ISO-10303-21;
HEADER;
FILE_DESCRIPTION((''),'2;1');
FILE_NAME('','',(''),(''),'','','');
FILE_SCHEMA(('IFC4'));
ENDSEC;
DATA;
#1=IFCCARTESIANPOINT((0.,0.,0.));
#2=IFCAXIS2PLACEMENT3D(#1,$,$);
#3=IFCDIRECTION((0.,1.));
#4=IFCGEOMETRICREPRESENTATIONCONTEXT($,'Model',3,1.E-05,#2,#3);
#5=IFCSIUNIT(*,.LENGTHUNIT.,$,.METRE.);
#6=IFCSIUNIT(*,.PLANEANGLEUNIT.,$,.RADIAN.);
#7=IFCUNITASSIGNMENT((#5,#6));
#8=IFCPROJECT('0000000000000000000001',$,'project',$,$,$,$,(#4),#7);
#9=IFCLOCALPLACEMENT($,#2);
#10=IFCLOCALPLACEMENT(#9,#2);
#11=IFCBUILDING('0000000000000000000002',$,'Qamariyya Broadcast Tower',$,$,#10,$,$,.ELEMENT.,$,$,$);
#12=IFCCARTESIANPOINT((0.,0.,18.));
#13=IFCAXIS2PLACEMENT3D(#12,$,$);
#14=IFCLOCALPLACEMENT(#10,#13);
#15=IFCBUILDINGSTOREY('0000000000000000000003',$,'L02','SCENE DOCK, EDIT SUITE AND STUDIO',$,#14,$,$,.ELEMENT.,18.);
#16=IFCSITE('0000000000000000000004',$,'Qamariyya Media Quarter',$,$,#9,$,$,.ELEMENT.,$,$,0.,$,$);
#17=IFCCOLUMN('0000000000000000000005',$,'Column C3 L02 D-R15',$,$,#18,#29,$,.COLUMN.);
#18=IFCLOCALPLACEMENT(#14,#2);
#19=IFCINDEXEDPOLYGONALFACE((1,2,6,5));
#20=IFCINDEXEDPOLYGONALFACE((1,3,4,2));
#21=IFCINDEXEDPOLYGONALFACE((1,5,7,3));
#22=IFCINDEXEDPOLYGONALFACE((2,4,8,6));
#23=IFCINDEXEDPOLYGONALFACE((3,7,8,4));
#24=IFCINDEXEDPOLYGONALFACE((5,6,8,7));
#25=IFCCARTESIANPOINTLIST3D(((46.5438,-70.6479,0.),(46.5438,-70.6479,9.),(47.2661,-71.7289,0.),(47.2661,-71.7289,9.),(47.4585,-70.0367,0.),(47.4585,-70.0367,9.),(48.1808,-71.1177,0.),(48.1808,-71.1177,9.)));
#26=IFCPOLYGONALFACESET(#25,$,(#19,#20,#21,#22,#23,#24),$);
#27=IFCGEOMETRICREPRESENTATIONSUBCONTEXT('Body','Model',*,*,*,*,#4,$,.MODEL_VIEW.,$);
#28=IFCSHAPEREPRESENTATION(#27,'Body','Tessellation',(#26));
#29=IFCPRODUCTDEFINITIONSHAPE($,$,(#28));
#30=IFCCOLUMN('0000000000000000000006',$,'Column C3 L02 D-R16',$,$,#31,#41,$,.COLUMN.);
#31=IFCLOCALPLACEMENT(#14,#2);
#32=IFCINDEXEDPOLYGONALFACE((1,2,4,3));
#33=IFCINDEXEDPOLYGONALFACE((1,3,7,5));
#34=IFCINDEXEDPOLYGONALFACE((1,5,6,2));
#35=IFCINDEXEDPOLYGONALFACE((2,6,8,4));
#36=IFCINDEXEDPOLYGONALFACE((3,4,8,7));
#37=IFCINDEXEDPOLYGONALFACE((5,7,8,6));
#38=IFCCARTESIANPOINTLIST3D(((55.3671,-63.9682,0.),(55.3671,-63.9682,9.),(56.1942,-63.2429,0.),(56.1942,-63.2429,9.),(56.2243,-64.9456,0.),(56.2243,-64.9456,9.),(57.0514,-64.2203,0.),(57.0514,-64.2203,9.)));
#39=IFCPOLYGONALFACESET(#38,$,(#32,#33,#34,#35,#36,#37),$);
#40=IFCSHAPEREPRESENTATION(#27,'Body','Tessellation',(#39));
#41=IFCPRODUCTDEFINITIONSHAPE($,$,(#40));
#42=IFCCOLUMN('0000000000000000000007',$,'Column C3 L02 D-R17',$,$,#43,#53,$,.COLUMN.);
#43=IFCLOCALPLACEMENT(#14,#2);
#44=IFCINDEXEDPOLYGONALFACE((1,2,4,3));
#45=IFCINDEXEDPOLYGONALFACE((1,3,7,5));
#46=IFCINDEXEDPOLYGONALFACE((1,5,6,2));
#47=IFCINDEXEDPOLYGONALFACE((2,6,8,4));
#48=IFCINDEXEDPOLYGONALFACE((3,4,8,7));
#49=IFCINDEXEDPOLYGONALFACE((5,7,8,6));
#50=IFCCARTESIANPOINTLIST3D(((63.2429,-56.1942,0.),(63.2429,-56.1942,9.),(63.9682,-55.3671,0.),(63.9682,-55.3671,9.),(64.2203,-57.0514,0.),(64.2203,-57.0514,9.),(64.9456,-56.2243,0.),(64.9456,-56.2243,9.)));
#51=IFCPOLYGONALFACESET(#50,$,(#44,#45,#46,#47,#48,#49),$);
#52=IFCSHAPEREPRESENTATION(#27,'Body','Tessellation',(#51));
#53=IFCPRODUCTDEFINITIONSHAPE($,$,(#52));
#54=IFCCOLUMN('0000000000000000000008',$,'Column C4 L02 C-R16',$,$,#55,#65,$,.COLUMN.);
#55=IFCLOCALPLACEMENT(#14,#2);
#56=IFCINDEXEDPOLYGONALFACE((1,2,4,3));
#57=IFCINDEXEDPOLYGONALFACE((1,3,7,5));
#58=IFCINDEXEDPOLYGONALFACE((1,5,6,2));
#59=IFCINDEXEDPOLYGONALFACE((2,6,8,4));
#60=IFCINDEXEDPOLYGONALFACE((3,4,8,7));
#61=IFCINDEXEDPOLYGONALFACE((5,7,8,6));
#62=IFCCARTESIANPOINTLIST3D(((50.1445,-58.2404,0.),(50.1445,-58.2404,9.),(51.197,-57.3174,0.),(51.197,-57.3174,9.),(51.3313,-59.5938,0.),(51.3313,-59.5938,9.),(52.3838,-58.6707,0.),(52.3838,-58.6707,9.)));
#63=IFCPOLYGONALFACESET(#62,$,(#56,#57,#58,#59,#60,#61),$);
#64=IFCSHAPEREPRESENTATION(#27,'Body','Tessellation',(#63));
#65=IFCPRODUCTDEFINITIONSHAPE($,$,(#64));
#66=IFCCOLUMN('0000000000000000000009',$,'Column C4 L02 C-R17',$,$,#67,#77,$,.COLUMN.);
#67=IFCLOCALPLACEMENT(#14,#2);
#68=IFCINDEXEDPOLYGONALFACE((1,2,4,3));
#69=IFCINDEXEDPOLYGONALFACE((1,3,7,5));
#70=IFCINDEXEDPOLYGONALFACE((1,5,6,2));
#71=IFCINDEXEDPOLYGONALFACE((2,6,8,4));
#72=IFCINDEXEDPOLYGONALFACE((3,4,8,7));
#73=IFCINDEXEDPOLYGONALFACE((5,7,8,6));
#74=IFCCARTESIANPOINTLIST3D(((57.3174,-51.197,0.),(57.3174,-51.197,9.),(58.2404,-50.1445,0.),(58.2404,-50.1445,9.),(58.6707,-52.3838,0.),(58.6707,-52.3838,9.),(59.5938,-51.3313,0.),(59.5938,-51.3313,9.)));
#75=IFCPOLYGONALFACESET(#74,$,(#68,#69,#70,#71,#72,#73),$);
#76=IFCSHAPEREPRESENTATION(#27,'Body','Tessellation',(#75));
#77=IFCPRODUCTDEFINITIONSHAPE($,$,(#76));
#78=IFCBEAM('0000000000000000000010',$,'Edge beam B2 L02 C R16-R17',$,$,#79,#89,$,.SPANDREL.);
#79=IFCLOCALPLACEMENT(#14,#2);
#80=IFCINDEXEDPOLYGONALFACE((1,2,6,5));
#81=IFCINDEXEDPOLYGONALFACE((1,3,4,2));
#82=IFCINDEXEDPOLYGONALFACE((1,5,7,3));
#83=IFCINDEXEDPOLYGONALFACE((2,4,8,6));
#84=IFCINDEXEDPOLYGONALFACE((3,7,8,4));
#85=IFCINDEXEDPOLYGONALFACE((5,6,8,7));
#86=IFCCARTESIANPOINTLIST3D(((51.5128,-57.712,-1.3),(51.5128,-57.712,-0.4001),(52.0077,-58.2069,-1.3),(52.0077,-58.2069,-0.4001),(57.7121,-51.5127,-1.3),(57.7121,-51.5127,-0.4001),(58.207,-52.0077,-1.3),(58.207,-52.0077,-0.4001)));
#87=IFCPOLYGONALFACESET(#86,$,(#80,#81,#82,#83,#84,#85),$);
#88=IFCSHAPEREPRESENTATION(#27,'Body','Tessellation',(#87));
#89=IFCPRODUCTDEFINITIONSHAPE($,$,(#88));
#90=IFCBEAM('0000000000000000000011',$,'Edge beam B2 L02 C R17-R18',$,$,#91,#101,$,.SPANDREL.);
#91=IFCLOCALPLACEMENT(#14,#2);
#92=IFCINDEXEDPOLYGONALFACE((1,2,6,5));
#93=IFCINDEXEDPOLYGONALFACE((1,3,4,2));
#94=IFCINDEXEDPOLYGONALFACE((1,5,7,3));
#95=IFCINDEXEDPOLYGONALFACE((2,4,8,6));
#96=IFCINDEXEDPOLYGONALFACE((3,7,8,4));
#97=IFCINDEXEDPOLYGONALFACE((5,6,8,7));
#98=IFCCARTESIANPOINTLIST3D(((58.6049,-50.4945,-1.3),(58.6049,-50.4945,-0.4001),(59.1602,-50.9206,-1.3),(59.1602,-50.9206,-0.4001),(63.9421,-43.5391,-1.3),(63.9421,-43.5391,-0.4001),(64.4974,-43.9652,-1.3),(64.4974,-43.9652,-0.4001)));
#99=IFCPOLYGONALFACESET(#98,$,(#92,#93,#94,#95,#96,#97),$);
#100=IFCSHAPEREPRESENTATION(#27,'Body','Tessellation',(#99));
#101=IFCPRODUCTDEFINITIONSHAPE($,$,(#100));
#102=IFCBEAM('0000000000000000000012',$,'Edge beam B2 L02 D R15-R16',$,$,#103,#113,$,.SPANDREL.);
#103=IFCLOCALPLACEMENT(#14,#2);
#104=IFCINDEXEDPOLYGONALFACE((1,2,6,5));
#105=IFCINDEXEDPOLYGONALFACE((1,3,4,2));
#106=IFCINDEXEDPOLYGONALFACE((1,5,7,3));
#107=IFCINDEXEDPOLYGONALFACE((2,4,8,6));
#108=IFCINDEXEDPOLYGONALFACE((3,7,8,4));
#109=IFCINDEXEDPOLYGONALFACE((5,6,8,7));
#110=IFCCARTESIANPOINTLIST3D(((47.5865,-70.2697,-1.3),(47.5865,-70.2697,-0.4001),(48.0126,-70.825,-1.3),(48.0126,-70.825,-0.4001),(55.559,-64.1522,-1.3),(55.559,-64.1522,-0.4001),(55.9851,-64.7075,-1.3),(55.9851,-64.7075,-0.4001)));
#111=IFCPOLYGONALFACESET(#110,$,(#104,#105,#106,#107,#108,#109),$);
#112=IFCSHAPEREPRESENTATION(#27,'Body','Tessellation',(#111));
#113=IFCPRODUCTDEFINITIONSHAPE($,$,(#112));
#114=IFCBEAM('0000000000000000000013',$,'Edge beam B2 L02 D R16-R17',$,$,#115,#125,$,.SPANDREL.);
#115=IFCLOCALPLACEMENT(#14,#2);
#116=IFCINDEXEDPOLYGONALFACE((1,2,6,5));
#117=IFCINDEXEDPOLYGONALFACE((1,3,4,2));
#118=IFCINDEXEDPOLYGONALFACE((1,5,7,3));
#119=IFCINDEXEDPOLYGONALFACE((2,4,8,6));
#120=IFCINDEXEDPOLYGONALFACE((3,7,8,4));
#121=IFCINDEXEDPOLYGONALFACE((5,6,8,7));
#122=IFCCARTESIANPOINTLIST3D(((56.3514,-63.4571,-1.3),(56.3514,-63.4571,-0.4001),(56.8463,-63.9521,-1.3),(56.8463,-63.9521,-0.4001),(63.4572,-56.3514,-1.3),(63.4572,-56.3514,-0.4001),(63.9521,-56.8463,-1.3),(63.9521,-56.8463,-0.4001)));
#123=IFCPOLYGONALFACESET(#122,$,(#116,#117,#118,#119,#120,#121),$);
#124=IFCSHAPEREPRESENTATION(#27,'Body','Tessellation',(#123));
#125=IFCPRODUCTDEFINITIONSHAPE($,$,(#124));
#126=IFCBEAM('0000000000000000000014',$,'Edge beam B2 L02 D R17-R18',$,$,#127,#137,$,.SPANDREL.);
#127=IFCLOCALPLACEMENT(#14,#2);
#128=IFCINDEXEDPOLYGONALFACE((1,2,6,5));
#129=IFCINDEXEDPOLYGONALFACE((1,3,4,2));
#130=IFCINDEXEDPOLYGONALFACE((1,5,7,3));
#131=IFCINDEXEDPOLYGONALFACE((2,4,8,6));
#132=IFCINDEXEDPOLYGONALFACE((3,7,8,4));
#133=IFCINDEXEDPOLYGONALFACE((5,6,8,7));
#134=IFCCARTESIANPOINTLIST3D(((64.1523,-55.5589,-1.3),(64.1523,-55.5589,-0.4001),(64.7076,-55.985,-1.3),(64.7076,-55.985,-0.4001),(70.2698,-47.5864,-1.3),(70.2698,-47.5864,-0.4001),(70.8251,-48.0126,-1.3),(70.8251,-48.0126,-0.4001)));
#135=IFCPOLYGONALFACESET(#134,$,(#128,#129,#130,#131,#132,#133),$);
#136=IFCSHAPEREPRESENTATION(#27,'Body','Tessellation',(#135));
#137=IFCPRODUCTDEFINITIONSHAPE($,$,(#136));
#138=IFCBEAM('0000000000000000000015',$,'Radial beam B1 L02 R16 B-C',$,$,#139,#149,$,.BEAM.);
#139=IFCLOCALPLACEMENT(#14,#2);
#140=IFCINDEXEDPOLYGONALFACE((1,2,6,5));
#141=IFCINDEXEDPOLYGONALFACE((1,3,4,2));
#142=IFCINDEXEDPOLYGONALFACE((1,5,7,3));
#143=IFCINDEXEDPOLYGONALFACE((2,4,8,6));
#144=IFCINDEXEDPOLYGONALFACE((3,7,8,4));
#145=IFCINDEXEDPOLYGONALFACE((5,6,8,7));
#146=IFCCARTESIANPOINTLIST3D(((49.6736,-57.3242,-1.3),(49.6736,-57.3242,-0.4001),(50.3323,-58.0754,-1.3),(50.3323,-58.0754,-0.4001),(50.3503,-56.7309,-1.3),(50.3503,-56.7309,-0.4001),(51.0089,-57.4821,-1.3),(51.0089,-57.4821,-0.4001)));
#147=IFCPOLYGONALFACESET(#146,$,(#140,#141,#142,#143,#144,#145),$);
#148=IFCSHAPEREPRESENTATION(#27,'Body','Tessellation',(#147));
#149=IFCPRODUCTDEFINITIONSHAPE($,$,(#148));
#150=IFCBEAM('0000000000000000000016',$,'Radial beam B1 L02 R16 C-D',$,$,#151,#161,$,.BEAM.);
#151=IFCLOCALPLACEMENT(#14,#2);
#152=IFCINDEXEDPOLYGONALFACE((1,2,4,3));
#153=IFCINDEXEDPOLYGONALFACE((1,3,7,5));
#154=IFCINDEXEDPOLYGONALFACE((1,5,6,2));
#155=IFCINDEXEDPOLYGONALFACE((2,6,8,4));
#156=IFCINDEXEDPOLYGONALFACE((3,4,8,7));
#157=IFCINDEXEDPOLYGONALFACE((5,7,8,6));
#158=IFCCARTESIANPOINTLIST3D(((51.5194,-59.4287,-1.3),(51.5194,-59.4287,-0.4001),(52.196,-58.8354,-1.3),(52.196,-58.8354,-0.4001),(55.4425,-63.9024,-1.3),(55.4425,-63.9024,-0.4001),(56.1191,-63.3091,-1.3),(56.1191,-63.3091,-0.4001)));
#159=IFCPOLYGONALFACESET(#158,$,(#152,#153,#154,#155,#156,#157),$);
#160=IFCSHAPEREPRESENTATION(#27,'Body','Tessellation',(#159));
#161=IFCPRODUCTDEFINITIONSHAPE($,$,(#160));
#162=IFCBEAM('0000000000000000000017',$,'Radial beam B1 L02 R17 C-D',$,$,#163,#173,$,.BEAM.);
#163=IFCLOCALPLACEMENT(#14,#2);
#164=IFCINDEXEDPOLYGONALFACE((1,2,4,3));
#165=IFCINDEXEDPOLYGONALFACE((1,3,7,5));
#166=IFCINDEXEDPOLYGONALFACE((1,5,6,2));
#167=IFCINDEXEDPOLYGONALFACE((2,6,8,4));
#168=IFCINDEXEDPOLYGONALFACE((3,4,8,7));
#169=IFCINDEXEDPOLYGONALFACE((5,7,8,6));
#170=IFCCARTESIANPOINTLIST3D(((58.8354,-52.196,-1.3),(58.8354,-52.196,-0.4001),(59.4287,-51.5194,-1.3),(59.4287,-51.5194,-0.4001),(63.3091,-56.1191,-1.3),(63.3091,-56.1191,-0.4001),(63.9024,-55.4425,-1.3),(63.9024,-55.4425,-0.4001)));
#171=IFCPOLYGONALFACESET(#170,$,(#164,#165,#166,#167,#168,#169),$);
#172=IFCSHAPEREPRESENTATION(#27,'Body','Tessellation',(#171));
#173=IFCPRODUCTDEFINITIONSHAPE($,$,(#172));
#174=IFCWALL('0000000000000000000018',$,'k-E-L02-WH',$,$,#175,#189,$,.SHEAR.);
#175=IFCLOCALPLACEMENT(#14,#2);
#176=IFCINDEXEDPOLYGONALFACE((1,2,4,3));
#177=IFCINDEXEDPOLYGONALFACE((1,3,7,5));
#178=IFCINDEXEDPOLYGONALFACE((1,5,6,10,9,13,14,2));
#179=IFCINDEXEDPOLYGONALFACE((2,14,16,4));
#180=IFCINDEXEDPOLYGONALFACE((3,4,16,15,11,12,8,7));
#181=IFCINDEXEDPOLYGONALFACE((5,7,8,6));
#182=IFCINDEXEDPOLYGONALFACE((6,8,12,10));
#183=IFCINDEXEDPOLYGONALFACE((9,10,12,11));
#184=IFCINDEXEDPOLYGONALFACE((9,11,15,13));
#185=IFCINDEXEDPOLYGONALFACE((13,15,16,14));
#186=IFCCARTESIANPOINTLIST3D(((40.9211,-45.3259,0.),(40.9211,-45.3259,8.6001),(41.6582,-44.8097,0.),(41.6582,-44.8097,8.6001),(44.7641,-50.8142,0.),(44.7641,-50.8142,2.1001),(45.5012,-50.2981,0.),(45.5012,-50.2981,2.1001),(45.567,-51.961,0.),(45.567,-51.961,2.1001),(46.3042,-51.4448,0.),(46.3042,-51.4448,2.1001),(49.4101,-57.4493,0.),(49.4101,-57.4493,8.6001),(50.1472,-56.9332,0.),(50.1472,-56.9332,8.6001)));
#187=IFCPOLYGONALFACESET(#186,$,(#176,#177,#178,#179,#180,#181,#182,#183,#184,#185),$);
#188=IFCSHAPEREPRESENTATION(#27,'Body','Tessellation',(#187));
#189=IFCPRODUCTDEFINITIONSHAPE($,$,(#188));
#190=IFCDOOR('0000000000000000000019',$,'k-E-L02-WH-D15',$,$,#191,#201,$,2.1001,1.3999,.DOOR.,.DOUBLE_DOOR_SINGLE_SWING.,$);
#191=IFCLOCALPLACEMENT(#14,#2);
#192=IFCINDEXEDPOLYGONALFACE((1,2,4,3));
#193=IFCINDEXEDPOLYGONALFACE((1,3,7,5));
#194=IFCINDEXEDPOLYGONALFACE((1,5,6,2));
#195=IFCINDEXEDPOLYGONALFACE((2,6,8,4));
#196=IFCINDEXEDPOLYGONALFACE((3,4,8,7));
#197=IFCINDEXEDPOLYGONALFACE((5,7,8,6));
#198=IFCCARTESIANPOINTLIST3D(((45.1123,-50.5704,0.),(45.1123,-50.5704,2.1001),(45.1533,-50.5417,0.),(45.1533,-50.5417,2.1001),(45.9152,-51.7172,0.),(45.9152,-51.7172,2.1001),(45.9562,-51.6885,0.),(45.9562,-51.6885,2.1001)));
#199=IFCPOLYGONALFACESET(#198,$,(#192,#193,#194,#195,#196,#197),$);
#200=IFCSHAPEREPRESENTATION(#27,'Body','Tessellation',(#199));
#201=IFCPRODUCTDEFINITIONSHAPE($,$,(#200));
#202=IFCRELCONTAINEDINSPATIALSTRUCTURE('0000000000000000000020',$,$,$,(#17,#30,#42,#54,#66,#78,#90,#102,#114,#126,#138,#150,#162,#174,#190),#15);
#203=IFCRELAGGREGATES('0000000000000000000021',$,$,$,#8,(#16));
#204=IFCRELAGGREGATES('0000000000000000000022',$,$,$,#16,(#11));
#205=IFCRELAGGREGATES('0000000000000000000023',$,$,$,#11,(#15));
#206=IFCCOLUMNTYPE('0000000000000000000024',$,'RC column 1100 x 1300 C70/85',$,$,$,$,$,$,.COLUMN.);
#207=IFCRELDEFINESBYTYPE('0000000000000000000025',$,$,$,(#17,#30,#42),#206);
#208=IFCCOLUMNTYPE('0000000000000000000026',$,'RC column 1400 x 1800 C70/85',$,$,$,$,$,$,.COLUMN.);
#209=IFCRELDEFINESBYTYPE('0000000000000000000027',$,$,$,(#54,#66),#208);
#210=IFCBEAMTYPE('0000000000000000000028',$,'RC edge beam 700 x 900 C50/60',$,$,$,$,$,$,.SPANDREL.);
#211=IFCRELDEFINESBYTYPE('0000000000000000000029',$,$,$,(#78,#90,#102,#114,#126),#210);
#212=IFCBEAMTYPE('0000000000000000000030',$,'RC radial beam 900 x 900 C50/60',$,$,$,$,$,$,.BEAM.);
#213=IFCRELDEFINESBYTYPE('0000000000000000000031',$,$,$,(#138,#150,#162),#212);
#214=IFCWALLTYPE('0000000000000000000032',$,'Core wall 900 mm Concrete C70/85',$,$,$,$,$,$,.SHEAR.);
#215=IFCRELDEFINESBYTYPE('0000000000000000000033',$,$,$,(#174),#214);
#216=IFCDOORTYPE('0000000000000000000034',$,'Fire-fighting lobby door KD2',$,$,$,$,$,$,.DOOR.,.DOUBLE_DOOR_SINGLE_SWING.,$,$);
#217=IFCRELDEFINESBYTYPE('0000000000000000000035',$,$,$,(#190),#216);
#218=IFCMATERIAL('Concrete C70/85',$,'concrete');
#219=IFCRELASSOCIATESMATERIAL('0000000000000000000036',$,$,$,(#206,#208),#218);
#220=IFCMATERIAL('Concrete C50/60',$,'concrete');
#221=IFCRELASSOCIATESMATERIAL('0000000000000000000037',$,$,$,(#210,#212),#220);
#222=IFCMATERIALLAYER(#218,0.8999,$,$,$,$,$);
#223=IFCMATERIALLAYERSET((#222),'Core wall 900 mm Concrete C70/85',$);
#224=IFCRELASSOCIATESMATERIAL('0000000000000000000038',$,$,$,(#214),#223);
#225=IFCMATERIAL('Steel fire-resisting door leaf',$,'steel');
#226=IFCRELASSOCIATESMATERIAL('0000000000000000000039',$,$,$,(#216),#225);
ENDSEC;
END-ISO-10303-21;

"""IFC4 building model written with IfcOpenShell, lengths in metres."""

from ifc_helpers import new_model, si_unit, direction, frame, frame_2d, origin, origin_2d, place, context, subcontext, project, spatial, rectangle, extrude, material, layer, layer_set, material_profile, profile_set, type_object, element, fill, save


model = new_model("IFC4")

# Units and contexts
model_context = context("Model", 3, precision=1e-05, world=origin(), true_north=direction((0.0, 1.0)))
body_context = subcontext(model_context, "Body", "Model", "MODEL_VIEW")
ifc_project = project(units=[si_unit("LENGTHUNIT", "METRE"), si_unit("PLANEANGLEUNIT", "RADIAN")], contexts=[model_context])

# Site, building, storey
site_placement = place(None, origin())
site = spatial("IfcSite", under=ifc_project, at=site_placement, Name="Qamariyya Media Quarter", CompositionType="ELEMENT", RefElevation=0.0)
building_placement = place(site_placement, origin())
building = spatial("IfcBuilding", under=site, at=building_placement, Name="Qamariyya Broadcast Tower", CompositionType="ELEMENT")
storey_placement = place(building_placement, frame((0.0, 0.0, 18.0)))
storey = spatial("IfcBuildingStorey", under=building, at=storey_placement, Name="L02", Description="SCENE DOCK, EDIT SUITE AND STUDIO", CompositionType="ELEMENT", Elevation=18.0)

# Columns
ifc_material_1 = material(Name="Concrete C70/85", Category="concrete")
ifc_material_profile_1 = material_profile(ifc_material_1, rectangle(XDim=1.1001, YDim=1.3, at=origin_2d()))
ifc_profile_set_1 = profile_set([ifc_material_profile_1], Name="Concrete C70/85")
column_type_1 = type_object("IfcColumnType", Name="RC column 1100 x 1300 C70/85", PredefinedType="COLUMN", material=ifc_profile_set_1)
for number, where, z_axis, x_axis, name in (
    (1, (47.3623, -70.8828, 0.0), (0.0, 0.0, 1.0), (0.83147, 0.55557, 0.0), "Column C3 L02 D-R15"),
    (2, (56.2092, -64.0942, 0.0), (0.0, 0.0, 1.0), (0.75184, 0.659346, 0.0), "Column C3 L02 D-R16"),
    (3, (64.0942, -56.2092, 0.0), (0.0, 0.0, 1.0), (0.659346, 0.75184, 0.0), "Column C3 L02 D-R17"),
):
    element("IfcColumn", number, at=place(storey_placement, frame(where, z_axis=z_axis, x_axis=x_axis)), inside=storey, type_object=column_type_1, Name=name, PredefinedType="COLUMN", context=body_context, shape_type="SweptSolid", body=[
        extrude(rectangle(XDim=1.1001, YDim=1.3, at=origin_2d()), origin(), (0.0, 0.0, 1.0), 9.0),
    ])
ifc_material_profile_2 = material_profile(ifc_material_1, rectangle(XDim=1.3999, YDim=1.8, at=origin_2d()))
ifc_profile_set_2 = profile_set([ifc_material_profile_2], Name="Concrete C70/85")
column_type_2 = type_object("IfcColumnType", Name="RC column 1400 x 1800 C70/85", PredefinedType="COLUMN", material=ifc_profile_set_2)
for number, where, z_axis, x_axis, name in (
    (4, (51.2642, -58.4556, 0.0), (0.0, 0.0, 1.0), (0.75184, 0.659346, 0.0), "Column C4 L02 C-R16"),
    (5, (58.4556, -51.2642, 0.0), (0.0, 0.0, 1.0), (0.659346, 0.75184, 0.0), "Column C4 L02 C-R17"),
):
    element("IfcColumn", number, at=place(storey_placement, frame(where, z_axis=z_axis, x_axis=x_axis)), inside=storey, type_object=column_type_2, Name=name, PredefinedType="COLUMN", context=body_context, shape_type="SweptSolid", body=[
        extrude(rectangle(XDim=1.3999, YDim=1.8, at=origin_2d()), origin(), (0.0, 0.0, 1.0), 9.0),
    ])

# Beams
ifc_material_2 = material(Name="Concrete C50/60", Category="concrete")
ifc_material_profile_3 = material_profile(ifc_material_2, rectangle(XDim=0.7, YDim=0.8999, at=origin_2d()))
ifc_profile_set_3 = profile_set([ifc_material_profile_3], Name="Concrete C50/60")
beam_type_1 = type_object("IfcBeamType", Name="RC edge beam 700 x 900 C50/60", PredefinedType="SPANDREL", material=ifc_profile_set_3)
for number, where, z_axis, x_axis, name in (
    (6, (51.7603, -57.9595, -0.8501), (0.707107, 0.707107, 0.0), (-0.707107, 0.707107, 0.0), "Edge beam B2 L02 C R16-R17"),
    (7, (58.8826, -50.7075, -0.8501), (0.608772, 0.793345, 0.0), (-0.793345, 0.608772, 0.0), "Edge beam B2 L02 C R17-R18"),
):
    element("IfcBeam", number, at=place(storey_placement, frame(where, z_axis=z_axis, x_axis=x_axis)), inside=storey, type_object=beam_type_1, Name=name, PredefinedType="SPANDREL", context=body_context, shape_type="SweptSolid", body=[
        extrude(rectangle(XDim=0.7, YDim=0.8999, at=origin_2d()), origin(), (0.0, 0.0, 1.0), 8.7671),
    ])
for number, where, z_axis, x_axis, name in (
    (8, (47.7996, -70.5474, -0.8501), (0.793354, 0.60876, 0.0), (-0.60876, 0.793354, 0.0), "Edge beam B2 L02 D R15-R16"),
    (9, (56.5989, -63.7046, -0.8501), (0.707107, 0.707107, 0.0), (-0.707107, 0.707107, 0.0), "Edge beam B2 L02 D R16-R17"),
    (10, (64.4299, -55.772, -0.8501), (0.60876, 0.793354, 0.0), (-0.793354, 0.60876, 0.0), "Edge beam B2 L02 D R17-R18"),
):
    element("IfcBeam", number, at=place(storey_placement, frame(where, z_axis=z_axis, x_axis=x_axis)), inside=storey, type_object=beam_type_1, Name=name, PredefinedType="SPANDREL", context=body_context, shape_type="SweptSolid", body=[
        extrude(rectangle(XDim=0.7, YDim=0.8999, at=origin_2d()), origin(), (0.0, 0.0, 1.0), 10.0491),
    ])
ifc_material_profile_4 = material_profile(ifc_material_2, rectangle(XDim=0.8999, YDim=0.8999, at=origin_2d()))
ifc_profile_set_4 = profile_set([ifc_material_profile_4], Name="Concrete C50/60")
beam_type_2 = type_object("IfcBeamType", Name="RC radial beam 900 x 900 C50/60", PredefinedType="BEAM", material=ifc_profile_set_4)
beam_placement = place(storey_placement, frame((50.012, -57.0276, -0.8501), z_axis=(0.659283, -0.751895, 0.0), x_axis=(0.751895, 0.659283, 0.0)))
element("IfcBeam", 11, at=beam_placement, inside=storey, type_object=beam_type_2, Name="Radial beam B1 L02 R16 B-C", PredefinedType="BEAM", context=body_context, shape_type="SweptSolid", body=[
    extrude(rectangle(XDim=0.8999, YDim=0.8999, at=origin_2d()), origin(), (0.0, 0.0, 1.0), 0.999),
])
for number, where, z_axis, x_axis, name in (
    (12, (51.8577, -59.1321, -0.8501), (0.659329, -0.751854, 0.0), (0.751854, 0.659329, 0.0), "Radial beam B1 L02 R16 C-D"),
    (13, (59.1321, -51.8577, -0.8501), (0.751854, -0.659329, 0.0), (0.659329, 0.751854, 0.0), "Radial beam B1 L02 R17 C-D"),
):
    element("IfcBeam", number, at=place(storey_placement, frame(where, z_axis=z_axis, x_axis=x_axis)), inside=storey, type_object=beam_type_2, Name=name, PredefinedType="BEAM", context=body_context, shape_type="SweptSolid", body=[
        extrude(rectangle(XDim=0.8999, YDim=0.8999, at=origin_2d()), origin(), (0.0, 0.0, 1.0), 5.9502),
    ])

# Wall, opening, door
ifc_layer_1 = layer(ifc_material_1, 0.8999)
ifc_layer_set_1 = layer_set([ifc_layer_1], Name="Core wall 900 mm Concrete C70/85")
wall_type_1 = type_object("IfcWallType", Name="Core wall 900 mm Concrete C70/85", PredefinedType="SHEAR", material=ifc_layer_set_1)
wall_1_placement = place(storey_placement, frame((49.7786, -57.1912, 0.0), z_axis=(0.0, 0.0, 1.0), x_axis=(-0.573577, 0.819151, 0.0)))
wall_1 = element("IfcWall", 14, at=wall_1_placement, inside=storey, type_object=wall_type_1, Name="k-E-L02-WH", PredefinedType="SHEAR", context=body_context, shape_type="SweptSolid", body=[
    extrude(rectangle(XDim=14.8, YDim=0.8999, at=frame_2d((7.3999, 0.0))), origin(), (0.0, 0.0, 1.0), 8.6001),
])
opening_1_placement = place(wall_1_placement, frame((6.7, 0.0, 0.0)))
opening_1 = element("IfcOpeningElement", 15, at=opening_1_placement, cuts=wall_1, PredefinedType="OPENING", context=body_context, shape_type="SweptSolid", body=[
    extrude(rectangle(XDim=1.3999, YDim=2.1001, at=frame_2d((0.7, 1.05))), frame((0.0, 0.46, 0.0), z_axis=(0.0, -1.0, 0.0), x_axis=(1.0, 0.0, 0.0)), (0.0, 0.0, 1.0), 0.9199),
])
ifc_material_3 = material(Name="Steel fire-resisting door leaf", Category="steel")
door_type_1 = type_object("IfcDoorType", Name="Fire-fighting lobby door KD2", OperationType="DOUBLE_DOOR_SINGLE_SWING", PredefinedType="DOOR", material=ifc_material_3)
door_1_placement = place(opening_1_placement, origin())
door_1 = element("IfcDoor", 16, at=door_1_placement, inside=storey, type_object=door_type_1, Name="k-E-L02-WH-D15", OperationType="DOUBLE_DOOR_SINGLE_SWING", OverallHeight=2.1001, OverallWidth=1.3999, PredefinedType="DOOR", context=body_context, shape_type="SweptSolid", body=[
    extrude(rectangle(XDim=1.3999, YDim=2.1001, at=frame_2d((0.7, 1.05))), frame((0.0, 0.0249, 0.0), z_axis=(0.0, -1.0, 0.0), x_axis=(1.0, 0.0, 0.0)), (0.0, 0.0, 1.0), 0.05),
])
fill(opening_1, door_1)

save(model, "model.ifc")
